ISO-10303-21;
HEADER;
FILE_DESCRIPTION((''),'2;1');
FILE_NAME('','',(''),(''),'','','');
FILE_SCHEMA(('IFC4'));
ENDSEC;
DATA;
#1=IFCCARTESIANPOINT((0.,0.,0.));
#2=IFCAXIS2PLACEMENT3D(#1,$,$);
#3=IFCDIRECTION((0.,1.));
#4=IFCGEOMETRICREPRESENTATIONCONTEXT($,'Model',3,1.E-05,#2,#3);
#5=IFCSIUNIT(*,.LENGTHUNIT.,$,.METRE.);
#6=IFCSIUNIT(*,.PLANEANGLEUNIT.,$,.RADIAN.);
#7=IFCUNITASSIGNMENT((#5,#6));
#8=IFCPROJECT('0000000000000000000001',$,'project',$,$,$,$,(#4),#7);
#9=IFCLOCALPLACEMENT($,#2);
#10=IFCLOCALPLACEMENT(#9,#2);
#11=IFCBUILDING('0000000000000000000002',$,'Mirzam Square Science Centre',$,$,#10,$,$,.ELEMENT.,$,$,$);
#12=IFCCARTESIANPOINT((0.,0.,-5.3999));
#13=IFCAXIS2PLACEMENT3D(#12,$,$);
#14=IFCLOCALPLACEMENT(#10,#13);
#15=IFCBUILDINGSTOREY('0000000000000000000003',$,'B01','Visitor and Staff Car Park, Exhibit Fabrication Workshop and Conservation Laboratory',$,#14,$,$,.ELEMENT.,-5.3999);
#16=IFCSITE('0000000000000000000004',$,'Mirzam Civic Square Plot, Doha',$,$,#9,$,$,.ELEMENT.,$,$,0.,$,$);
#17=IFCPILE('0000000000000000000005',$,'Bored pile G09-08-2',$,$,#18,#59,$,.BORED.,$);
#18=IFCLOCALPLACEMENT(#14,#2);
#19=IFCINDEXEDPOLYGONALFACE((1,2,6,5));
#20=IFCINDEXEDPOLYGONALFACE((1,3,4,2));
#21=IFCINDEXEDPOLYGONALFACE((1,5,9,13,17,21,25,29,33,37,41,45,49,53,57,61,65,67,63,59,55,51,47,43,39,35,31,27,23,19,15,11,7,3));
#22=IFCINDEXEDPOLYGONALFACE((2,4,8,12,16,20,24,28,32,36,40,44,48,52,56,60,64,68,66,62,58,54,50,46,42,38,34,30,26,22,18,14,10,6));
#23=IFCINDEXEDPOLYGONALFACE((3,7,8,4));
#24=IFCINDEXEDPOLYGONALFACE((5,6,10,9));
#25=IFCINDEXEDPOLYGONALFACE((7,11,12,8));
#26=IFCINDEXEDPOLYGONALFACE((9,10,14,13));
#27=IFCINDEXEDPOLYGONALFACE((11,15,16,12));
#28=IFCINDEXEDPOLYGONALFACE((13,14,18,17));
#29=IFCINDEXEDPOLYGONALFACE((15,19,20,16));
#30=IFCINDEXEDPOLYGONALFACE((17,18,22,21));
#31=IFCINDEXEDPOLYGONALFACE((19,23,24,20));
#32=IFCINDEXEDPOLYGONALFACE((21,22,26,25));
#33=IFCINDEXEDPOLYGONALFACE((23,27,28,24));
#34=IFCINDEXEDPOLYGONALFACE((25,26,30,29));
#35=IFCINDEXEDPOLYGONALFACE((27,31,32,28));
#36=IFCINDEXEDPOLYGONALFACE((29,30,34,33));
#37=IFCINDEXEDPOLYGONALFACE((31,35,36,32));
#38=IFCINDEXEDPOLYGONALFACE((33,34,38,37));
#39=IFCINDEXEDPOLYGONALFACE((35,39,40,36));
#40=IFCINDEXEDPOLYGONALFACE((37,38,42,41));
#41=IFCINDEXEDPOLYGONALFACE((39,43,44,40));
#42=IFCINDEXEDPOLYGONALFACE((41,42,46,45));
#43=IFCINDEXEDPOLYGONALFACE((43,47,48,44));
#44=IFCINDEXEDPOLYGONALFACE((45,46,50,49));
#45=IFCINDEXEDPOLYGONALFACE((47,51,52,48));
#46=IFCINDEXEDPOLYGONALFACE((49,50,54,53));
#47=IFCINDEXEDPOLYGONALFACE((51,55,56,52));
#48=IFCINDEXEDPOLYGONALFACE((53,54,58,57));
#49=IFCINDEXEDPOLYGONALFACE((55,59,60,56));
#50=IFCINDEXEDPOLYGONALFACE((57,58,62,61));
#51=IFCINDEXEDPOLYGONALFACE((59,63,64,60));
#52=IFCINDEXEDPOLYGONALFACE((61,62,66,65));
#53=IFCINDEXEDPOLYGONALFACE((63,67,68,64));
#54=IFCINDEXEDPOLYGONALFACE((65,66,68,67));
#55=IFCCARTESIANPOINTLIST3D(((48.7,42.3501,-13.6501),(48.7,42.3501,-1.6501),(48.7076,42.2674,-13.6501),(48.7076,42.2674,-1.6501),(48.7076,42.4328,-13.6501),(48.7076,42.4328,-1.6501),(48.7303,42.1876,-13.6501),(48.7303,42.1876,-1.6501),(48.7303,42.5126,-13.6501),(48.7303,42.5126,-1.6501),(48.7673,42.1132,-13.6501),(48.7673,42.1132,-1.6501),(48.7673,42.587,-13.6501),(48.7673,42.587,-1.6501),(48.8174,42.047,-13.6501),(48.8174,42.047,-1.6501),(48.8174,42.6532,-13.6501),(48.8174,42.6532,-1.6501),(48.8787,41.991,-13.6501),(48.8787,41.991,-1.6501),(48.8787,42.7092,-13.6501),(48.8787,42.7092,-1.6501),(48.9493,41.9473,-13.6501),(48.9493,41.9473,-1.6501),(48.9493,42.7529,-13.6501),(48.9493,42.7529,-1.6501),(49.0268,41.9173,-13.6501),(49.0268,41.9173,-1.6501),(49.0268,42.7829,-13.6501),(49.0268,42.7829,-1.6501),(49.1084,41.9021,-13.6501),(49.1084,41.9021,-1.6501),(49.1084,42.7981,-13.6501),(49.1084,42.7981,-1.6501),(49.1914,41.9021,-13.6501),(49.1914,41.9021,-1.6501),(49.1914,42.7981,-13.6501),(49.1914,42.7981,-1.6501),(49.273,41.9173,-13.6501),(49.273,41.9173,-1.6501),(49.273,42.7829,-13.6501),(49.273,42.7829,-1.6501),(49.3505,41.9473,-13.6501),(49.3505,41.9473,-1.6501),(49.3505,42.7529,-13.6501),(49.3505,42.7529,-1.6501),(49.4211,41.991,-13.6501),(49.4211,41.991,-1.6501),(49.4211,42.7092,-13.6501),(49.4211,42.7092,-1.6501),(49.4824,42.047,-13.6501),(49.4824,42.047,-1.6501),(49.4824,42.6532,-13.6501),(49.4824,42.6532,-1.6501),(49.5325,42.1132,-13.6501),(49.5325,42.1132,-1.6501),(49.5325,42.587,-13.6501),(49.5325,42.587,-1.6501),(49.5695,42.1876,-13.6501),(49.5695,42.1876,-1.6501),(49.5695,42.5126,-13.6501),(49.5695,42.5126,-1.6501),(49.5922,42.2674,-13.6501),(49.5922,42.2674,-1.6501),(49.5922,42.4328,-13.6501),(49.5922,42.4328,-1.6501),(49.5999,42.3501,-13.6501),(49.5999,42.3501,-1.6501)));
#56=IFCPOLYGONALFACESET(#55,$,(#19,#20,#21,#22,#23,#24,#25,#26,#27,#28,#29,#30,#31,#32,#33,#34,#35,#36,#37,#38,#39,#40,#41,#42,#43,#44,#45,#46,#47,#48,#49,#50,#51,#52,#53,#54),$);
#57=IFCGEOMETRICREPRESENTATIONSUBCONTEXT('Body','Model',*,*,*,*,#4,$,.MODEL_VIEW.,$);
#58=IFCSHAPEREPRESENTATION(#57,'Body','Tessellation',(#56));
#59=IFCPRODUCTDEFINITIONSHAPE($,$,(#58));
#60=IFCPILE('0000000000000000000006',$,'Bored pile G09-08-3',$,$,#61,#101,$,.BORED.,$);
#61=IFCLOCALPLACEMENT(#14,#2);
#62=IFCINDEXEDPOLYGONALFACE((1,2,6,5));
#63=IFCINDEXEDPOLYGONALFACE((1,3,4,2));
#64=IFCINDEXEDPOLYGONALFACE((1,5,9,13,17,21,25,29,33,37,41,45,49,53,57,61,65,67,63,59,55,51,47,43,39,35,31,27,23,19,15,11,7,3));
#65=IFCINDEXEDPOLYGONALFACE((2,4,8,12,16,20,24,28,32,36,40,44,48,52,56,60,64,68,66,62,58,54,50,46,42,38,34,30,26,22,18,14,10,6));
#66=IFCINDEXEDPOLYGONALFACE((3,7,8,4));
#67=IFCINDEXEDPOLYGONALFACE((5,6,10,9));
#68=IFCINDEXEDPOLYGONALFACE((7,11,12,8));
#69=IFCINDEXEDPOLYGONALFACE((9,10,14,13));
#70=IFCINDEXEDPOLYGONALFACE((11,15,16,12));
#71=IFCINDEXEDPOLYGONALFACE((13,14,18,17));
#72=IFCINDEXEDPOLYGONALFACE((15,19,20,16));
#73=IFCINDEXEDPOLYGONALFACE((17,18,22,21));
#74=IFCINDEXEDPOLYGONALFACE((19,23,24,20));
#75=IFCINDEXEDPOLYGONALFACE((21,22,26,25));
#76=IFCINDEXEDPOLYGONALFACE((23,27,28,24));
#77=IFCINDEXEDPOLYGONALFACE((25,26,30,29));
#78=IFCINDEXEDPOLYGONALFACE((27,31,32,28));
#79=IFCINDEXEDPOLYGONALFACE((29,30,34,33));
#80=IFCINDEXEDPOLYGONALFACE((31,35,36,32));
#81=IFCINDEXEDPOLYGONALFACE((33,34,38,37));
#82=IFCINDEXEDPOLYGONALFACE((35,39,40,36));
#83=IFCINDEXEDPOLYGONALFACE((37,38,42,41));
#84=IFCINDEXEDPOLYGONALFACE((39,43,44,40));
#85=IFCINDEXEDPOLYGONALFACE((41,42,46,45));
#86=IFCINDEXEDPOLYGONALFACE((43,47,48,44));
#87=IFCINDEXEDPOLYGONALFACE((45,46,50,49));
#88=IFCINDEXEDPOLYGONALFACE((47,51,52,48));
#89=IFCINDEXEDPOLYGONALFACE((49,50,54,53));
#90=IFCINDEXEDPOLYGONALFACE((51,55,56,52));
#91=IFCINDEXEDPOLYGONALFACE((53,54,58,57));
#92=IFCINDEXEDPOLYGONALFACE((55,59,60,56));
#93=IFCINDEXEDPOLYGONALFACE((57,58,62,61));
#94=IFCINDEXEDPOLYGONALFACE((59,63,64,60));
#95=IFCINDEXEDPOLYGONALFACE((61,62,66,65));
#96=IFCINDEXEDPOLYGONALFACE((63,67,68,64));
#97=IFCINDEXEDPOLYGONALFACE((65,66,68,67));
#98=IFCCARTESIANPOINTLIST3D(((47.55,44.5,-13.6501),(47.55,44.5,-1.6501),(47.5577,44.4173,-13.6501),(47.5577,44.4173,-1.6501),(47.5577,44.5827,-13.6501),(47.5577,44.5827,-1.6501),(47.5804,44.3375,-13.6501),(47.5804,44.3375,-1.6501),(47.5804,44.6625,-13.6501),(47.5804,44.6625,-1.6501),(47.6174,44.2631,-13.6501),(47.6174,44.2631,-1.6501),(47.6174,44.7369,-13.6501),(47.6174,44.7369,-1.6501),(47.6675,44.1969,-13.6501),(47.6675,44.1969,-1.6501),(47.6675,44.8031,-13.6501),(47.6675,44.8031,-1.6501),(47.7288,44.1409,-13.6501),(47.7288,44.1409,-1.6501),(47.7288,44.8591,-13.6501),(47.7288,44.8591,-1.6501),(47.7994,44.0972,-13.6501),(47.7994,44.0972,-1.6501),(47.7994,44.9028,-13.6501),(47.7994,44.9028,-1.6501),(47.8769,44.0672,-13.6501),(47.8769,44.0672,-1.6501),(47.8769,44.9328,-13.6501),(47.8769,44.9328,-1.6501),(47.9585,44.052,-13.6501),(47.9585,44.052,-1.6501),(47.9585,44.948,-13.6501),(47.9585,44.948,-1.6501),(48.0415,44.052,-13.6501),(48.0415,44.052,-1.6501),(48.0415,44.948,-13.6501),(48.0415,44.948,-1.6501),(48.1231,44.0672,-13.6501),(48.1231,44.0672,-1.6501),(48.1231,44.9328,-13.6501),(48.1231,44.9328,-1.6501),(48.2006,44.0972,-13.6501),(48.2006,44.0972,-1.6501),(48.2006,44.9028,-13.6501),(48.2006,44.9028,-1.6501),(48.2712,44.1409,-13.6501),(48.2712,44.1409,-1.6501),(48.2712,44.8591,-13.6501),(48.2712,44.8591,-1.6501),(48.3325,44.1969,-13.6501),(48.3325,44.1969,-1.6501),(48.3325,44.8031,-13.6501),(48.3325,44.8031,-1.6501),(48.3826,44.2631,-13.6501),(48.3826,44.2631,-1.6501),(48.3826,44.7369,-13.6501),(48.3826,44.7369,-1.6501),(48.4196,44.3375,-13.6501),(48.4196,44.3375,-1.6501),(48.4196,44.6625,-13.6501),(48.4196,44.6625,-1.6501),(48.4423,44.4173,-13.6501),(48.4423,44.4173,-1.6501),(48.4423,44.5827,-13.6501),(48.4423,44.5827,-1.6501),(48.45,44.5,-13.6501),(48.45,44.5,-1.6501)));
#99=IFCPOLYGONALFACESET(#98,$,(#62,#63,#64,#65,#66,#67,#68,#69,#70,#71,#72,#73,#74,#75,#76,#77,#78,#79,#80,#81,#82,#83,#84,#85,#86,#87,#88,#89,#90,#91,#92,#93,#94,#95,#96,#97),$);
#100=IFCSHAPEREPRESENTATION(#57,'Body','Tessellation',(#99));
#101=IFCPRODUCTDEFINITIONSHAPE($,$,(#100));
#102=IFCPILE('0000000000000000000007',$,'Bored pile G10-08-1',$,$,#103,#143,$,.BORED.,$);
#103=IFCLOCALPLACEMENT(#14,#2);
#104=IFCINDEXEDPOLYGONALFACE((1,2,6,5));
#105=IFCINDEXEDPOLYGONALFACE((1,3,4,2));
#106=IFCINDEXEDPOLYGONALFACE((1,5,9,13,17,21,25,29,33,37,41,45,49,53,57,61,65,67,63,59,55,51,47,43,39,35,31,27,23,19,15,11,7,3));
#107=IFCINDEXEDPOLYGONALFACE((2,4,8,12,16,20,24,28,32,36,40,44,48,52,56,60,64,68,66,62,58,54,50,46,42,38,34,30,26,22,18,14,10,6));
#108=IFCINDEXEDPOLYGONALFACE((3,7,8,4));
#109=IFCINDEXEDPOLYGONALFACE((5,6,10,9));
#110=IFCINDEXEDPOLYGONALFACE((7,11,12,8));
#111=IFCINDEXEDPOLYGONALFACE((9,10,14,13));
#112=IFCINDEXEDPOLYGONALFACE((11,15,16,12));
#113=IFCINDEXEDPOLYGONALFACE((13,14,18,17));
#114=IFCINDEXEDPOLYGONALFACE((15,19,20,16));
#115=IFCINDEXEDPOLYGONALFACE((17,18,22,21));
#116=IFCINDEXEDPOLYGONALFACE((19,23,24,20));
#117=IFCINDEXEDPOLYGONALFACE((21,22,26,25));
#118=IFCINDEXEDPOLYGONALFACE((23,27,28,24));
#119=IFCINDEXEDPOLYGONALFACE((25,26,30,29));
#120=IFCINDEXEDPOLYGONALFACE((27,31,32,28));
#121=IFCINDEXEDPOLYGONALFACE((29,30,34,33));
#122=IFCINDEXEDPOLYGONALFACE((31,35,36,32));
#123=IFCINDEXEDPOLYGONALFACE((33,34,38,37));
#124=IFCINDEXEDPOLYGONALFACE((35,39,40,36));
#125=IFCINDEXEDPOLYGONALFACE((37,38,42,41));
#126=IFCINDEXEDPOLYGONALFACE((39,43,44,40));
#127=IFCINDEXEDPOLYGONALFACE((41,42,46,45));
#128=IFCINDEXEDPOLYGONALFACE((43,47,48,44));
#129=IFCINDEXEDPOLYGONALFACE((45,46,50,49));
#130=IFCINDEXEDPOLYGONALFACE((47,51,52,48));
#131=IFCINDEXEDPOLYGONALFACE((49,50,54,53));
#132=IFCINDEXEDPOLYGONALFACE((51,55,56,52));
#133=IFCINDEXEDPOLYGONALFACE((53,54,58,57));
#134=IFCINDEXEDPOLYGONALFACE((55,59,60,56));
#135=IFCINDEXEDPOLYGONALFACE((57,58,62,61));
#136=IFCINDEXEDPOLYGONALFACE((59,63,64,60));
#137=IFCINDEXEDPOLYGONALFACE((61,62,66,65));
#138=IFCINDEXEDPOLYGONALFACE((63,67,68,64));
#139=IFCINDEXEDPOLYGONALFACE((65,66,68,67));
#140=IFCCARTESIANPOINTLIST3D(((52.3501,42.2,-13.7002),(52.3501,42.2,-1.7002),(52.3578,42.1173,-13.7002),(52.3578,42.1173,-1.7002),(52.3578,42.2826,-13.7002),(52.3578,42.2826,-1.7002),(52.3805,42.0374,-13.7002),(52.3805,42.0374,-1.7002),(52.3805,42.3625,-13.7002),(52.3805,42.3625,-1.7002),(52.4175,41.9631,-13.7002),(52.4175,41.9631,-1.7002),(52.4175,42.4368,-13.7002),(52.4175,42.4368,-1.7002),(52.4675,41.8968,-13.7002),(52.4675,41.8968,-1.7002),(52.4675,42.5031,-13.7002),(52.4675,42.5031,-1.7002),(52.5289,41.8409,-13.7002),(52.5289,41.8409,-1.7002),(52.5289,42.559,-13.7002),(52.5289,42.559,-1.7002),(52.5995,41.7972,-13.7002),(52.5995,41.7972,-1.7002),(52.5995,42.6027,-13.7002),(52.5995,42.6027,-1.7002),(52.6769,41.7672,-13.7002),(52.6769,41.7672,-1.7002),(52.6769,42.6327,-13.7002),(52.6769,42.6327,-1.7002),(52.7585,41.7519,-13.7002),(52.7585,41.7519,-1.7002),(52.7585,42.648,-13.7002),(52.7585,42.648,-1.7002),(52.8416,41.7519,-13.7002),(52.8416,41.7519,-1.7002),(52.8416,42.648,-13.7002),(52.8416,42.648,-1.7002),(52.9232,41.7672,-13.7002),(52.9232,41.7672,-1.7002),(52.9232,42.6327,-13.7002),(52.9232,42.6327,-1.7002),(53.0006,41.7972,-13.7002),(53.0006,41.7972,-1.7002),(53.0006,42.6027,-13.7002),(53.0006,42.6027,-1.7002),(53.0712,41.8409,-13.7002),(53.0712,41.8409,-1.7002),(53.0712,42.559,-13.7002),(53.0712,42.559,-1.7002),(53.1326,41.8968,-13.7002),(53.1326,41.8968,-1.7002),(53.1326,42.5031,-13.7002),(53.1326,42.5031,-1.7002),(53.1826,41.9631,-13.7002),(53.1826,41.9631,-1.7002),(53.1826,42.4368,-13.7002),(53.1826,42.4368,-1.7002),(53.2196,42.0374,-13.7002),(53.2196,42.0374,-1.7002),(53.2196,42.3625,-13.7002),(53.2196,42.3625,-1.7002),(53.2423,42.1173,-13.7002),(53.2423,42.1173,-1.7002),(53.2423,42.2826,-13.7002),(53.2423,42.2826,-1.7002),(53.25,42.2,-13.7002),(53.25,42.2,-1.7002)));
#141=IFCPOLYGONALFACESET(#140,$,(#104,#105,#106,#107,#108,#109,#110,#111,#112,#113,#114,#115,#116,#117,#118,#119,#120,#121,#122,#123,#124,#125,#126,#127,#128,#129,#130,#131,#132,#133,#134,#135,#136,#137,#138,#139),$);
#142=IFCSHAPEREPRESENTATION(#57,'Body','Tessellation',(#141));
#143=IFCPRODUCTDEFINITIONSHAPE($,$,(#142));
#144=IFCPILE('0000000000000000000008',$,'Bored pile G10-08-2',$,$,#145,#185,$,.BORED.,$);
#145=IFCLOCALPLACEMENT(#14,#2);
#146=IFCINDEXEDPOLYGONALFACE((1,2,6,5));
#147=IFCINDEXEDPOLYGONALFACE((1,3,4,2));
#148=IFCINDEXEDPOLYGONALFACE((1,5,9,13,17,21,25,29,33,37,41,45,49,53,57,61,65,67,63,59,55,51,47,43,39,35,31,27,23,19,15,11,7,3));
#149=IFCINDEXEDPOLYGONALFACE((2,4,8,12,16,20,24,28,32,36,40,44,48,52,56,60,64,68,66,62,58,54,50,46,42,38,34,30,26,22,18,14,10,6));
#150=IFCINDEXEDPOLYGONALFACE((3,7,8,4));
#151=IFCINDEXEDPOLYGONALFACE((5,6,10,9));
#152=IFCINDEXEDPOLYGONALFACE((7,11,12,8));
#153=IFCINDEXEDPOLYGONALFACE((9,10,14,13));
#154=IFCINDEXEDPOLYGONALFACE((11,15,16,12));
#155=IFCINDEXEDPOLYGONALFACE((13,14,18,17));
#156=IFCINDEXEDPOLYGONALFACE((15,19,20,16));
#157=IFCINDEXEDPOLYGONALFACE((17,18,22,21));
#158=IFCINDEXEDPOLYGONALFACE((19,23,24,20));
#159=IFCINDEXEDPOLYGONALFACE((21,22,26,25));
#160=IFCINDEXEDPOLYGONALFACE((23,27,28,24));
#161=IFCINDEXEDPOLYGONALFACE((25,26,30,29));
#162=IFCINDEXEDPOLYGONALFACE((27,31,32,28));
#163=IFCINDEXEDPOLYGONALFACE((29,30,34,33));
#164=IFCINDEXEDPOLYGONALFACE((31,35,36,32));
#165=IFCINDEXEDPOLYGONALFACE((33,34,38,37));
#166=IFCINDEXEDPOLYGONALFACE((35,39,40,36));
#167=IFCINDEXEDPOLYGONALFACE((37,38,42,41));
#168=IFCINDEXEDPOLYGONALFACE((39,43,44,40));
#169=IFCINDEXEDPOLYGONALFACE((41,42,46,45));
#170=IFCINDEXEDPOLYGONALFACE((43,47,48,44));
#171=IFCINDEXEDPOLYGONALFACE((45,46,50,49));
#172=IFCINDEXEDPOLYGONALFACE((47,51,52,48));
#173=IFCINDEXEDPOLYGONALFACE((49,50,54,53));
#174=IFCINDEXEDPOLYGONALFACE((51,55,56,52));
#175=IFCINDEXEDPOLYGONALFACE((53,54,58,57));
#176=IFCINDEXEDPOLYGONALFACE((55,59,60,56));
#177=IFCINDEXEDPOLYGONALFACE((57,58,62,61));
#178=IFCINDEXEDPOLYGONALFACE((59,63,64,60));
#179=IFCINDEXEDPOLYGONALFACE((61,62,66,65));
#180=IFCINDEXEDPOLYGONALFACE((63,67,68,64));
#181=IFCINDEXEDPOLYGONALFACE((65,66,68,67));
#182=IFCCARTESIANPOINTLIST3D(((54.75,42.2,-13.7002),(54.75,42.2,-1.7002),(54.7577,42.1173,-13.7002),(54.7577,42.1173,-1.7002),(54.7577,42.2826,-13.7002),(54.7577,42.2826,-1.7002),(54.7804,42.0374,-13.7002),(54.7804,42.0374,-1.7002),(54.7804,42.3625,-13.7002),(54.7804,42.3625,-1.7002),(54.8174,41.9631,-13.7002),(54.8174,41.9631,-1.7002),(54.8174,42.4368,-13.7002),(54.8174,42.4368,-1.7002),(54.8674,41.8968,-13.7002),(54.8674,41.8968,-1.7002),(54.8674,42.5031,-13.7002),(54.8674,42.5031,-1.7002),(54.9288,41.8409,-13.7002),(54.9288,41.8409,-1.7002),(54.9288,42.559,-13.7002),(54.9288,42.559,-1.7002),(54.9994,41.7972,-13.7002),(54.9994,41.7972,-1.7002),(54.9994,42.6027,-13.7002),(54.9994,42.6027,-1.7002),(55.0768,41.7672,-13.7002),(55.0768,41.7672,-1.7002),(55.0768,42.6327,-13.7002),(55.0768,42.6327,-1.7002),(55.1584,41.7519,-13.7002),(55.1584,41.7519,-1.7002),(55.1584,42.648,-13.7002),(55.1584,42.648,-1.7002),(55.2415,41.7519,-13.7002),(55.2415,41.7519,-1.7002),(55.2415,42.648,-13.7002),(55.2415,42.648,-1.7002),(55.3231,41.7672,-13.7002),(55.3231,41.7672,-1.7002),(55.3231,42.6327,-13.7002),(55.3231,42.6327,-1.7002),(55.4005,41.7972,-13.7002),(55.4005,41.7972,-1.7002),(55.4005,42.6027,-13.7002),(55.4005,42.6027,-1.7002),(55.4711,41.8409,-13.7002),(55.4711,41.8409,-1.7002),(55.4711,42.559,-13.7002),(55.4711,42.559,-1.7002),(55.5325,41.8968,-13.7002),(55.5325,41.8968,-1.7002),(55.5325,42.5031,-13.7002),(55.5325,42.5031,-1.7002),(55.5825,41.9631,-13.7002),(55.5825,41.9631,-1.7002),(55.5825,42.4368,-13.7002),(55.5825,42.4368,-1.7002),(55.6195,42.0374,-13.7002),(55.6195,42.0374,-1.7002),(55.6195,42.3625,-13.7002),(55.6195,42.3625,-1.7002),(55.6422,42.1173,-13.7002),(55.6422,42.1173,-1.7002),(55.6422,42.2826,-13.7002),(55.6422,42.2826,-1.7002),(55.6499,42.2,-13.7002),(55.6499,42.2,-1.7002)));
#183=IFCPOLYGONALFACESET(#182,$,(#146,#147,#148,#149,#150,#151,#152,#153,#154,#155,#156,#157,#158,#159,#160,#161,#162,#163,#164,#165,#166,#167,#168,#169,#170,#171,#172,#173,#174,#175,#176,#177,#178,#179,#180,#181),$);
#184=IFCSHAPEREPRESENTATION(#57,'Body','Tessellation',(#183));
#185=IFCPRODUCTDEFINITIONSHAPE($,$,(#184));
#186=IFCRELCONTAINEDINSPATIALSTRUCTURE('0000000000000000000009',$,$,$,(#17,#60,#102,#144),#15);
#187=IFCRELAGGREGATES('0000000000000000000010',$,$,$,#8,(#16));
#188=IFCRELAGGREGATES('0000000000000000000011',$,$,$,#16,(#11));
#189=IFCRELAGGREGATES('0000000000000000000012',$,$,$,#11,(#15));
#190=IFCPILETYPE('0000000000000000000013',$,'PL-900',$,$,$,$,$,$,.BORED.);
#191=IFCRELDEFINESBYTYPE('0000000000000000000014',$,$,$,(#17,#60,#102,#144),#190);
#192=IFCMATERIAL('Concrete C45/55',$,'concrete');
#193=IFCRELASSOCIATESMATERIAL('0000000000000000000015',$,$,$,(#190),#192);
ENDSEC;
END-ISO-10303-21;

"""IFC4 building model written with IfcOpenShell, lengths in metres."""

from ifc_helpers import new_model, si_unit, direction, frame, origin, origin_2d, place, context, subcontext, project, spatial, circle, extrude, material, material_profile, profile_set, type_object, element, save


model = new_model("IFC4")

# Units and contexts
model_context = context("Model", 3, precision=1e-05, world=origin(), true_north=direction((0.0, 1.0)))
body_context = subcontext(model_context, "Body", "Model", "MODEL_VIEW")
ifc_project = project(units=[si_unit("LENGTHUNIT", "METRE"), si_unit("PLANEANGLEUNIT", "RADIAN")], contexts=[model_context])

# Site, building, storey
site_placement = place(None, origin())
site = spatial("IfcSite", under=ifc_project, at=site_placement, Name="Mirzam Civic Square Plot, Doha", CompositionType="ELEMENT", RefElevation=0.0)
building_placement = place(site_placement, origin())
building = spatial("IfcBuilding", under=site, at=building_placement, Name="Mirzam Square Science Centre", CompositionType="ELEMENT")
storey_placement = place(building_placement, frame((0.0, 0.0, -5.3999)))
storey = spatial("IfcBuildingStorey", under=building, at=storey_placement, Name="B01", Description="Visitor and Staff Car Park, Exhibit Fabrication Workshop and Conservation Laboratory", CompositionType="ELEMENT", Elevation=-5.3999)

# Shared definitions
ifc_material_1 = material(Name="Concrete C45/55", Category="concrete")

# Piles
ifc_material_profile_1 = material_profile(ifc_material_1, circle(Radius=0.45, at=origin_2d()), Name="PILE-D900")
ifc_profile_set_1 = profile_set([ifc_material_profile_1], Name="Concrete C45/55")
pile_type = type_object("IfcPileType", Name="PL-900", PredefinedType="BORED", material=ifc_profile_set_1)
for number, where, z_axis, x_axis, name in (
    (1, (49.1499, 42.3501, -1.6501), (0.0, 0.0, -1.0), (1.0, 0.0, 0.0), "Bored pile G09-08-2"),
    (2, (48.0, 44.5, -1.6501), (0.0, 0.0, -1.0), (1.0, 0.0, 0.0), "Bored pile G09-08-3"),
    (3, (52.8, 42.2, -1.7002), (0.0, 0.0, -1.0), (1.0, 0.0, 0.0), "Bored pile G10-08-1"),
    (4, (55.2, 42.2, -1.7002), (0.0, 0.0, -1.0), (1.0, 0.0, 0.0), "Bored pile G10-08-2"),
):
    element("IfcPile", number, at=place(storey_placement, frame(where, z_axis=z_axis, x_axis=x_axis)), inside=storey, type_object=pile_type, Name=name, PredefinedType="BORED", context=body_context, shape_type="SweptSolid", body=[
        extrude(circle(Radius=0.45, at=origin_2d()), origin(), (0.0, 0.0, 1.0), 12.0),
    ])

save(model, "model.ifc")
